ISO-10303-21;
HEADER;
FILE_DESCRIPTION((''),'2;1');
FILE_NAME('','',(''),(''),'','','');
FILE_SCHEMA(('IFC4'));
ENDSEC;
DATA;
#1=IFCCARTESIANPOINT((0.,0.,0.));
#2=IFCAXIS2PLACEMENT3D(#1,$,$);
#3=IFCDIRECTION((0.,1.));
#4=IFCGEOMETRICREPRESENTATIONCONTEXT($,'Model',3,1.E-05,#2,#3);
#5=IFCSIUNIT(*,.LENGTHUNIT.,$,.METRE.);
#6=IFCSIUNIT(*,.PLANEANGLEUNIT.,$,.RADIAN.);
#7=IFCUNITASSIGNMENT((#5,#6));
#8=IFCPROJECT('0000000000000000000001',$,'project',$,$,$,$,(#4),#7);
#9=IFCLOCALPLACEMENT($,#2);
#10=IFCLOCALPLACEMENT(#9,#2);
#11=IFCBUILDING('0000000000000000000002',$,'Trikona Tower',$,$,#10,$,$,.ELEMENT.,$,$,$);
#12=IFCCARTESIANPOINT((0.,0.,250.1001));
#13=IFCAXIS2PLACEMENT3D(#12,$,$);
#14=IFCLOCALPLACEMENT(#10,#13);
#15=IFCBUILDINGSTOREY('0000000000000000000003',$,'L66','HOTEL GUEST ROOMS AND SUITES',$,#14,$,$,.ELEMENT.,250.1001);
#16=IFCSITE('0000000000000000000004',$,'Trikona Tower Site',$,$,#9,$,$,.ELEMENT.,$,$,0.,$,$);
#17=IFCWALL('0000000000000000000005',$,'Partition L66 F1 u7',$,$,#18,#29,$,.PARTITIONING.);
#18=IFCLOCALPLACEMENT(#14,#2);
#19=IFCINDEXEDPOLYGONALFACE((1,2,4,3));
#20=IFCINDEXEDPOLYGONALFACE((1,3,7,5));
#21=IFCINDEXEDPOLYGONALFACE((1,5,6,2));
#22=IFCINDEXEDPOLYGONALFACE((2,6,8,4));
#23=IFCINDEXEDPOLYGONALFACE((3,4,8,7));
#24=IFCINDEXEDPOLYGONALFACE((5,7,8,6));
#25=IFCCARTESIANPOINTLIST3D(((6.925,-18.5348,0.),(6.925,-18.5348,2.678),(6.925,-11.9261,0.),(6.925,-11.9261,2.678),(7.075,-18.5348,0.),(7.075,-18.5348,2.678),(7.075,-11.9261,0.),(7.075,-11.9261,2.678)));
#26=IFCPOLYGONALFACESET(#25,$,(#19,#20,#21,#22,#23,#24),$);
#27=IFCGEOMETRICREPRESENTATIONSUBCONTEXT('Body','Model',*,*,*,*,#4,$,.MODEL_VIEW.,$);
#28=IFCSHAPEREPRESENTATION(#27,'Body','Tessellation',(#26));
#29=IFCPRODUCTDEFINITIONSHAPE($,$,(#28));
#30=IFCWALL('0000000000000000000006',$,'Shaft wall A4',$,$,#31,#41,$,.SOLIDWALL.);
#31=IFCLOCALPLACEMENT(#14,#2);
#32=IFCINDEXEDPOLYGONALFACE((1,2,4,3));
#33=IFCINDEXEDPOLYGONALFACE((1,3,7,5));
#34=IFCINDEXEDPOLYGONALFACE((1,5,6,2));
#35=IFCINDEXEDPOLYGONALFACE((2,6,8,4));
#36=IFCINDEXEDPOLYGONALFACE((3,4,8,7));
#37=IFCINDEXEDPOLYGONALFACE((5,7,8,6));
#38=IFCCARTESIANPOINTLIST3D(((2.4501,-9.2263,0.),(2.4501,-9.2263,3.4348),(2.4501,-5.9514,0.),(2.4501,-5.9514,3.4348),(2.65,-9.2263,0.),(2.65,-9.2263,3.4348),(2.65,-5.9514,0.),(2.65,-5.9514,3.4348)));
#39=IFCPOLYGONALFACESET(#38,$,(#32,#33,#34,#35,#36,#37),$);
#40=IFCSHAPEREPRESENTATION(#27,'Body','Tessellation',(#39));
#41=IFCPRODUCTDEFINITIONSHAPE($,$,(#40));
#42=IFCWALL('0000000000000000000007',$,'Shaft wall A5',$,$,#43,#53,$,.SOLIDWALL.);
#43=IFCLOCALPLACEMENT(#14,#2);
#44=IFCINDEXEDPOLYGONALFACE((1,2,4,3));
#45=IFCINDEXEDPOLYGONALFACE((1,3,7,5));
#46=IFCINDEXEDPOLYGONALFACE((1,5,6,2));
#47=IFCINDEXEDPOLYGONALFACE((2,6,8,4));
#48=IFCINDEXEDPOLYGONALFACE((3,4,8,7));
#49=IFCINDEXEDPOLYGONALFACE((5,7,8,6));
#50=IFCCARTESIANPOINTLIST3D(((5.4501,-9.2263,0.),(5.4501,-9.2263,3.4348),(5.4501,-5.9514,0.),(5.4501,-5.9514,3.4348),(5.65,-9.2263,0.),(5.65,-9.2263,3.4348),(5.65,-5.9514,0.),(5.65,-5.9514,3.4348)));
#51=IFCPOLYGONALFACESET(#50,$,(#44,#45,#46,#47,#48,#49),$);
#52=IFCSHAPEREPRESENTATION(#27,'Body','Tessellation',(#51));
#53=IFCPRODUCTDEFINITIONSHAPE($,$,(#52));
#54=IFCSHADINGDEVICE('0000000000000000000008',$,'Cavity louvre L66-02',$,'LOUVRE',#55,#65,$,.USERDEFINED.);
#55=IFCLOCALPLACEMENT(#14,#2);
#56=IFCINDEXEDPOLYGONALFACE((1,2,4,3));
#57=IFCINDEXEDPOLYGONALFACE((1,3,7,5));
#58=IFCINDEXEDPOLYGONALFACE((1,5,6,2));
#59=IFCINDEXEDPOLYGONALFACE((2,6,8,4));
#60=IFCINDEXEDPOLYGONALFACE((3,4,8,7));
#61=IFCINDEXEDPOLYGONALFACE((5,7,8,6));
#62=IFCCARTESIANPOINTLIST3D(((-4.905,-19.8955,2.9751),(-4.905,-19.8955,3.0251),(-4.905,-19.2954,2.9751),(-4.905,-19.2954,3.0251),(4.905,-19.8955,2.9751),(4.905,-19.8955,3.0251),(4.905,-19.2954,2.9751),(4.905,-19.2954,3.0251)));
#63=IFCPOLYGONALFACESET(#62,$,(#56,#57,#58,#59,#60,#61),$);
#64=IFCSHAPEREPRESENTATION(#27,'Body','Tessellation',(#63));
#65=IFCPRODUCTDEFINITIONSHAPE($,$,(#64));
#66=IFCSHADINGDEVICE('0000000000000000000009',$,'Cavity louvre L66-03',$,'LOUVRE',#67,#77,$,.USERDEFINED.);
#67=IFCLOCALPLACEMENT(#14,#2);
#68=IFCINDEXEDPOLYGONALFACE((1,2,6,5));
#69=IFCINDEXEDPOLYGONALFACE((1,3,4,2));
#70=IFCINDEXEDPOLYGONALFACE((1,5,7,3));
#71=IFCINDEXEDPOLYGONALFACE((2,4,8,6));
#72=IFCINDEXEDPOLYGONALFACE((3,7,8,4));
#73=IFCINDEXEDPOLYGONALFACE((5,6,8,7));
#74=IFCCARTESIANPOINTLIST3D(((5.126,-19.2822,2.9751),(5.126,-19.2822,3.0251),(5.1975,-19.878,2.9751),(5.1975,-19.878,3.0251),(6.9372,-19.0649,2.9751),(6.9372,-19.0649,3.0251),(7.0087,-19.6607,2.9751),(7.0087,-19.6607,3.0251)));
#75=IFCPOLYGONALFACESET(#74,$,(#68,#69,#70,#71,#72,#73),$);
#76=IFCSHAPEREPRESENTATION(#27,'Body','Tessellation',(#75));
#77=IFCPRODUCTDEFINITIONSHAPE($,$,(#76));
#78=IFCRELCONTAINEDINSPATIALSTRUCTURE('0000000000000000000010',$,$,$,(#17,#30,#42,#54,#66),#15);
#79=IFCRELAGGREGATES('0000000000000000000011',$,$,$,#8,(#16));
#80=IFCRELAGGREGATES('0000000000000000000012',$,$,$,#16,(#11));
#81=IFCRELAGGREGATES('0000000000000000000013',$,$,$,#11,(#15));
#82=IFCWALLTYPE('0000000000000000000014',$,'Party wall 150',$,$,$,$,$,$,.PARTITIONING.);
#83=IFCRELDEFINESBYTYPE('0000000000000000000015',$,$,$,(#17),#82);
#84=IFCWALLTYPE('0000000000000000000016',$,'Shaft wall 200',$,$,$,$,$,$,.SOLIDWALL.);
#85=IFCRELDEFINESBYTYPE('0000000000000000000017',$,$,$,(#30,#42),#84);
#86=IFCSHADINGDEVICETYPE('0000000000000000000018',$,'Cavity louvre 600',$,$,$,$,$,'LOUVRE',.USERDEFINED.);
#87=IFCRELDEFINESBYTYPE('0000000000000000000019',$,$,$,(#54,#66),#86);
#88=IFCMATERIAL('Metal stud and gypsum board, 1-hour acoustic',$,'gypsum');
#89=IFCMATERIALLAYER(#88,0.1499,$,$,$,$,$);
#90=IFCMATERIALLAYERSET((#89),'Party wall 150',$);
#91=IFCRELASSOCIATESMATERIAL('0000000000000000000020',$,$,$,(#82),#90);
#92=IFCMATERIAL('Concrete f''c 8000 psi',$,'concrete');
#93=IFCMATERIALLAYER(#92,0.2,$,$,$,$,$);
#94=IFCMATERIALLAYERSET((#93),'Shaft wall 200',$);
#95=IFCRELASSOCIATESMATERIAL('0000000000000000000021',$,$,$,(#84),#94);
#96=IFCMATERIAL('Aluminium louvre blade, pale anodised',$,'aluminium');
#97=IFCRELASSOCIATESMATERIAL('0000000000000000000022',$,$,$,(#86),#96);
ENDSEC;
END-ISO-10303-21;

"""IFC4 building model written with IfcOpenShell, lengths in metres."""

from ifc_helpers import new_model, si_unit, direction, frame, frame_2d, origin, origin_2d, place, context, subcontext, project, spatial, rectangle, extrude, material, layer, layer_set, type_object, element, save


model = new_model("IFC4")

# Units and contexts
model_context = context("Model", 3, precision=1e-05, world=origin(), true_north=direction((0.0, 1.0)))
body_context = subcontext(model_context, "Body", "Model", "MODEL_VIEW")
ifc_project = project(units=[si_unit("LENGTHUNIT", "METRE"), si_unit("PLANEANGLEUNIT", "RADIAN")], contexts=[model_context])

# Site, building, storey
site_placement = place(None, origin())
site = spatial("IfcSite", under=ifc_project, at=site_placement, Name="Trikona Tower Site", CompositionType="ELEMENT", RefElevation=0.0)
building_placement = place(site_placement, origin())
building = spatial("IfcBuilding", under=site, at=building_placement, Name="Trikona Tower", CompositionType="ELEMENT")
storey_placement = place(building_placement, frame((0.0, 0.0, 250.1001)))
storey = spatial("IfcBuildingStorey", under=building, at=storey_placement, Name="L66", Description="HOTEL GUEST ROOMS AND SUITES", CompositionType="ELEMENT", Elevation=250.1001)

# Walls
ifc_material_1 = material(Name="Metal stud and gypsum board, 1-hour acoustic", Category="gypsum")
ifc_layer_1 = layer(ifc_material_1, 0.1499)
ifc_layer_set_1 = layer_set([ifc_layer_1], Name="Party wall 150")
wall_type_1 = type_object("IfcWallType", Name="Party wall 150", PredefinedType="PARTITIONING", material=ifc_layer_set_1)
wall_1_placement = place(storey_placement, frame((7.0, -11.9263, 0.0), z_axis=(0.0, 0.0, 1.0), x_axis=(0.0, -1.0, 0.0)))
element("IfcWall", 1, at=wall_1_placement, inside=storey, type_object=wall_type_1, Name="Partition L66 F1 u7", PredefinedType="PARTITIONING", context=body_context, shape_type="SweptSolid", body=[
    extrude(rectangle(XDim=6.6086, YDim=0.1499, at=frame_2d((3.3042, 0.0))), origin(), (0.0, 0.0, 1.0), 2.678),
])
ifc_material_2 = material(Name="Concrete f'c 8000 psi", Category="concrete")
ifc_layer_2 = layer(ifc_material_2, 0.2)
ifc_layer_set_2 = layer_set([ifc_layer_2], Name="Shaft wall 200")
wall_type_2 = type_object("IfcWallType", Name="Shaft wall 200", PredefinedType="SOLIDWALL", material=ifc_layer_set_2)
for number, where, z_axis, x_axis, name in (
    (2, (2.55, -5.9514, 0.0), (0.0, 0.0, 1.0), (0.0, -1.0, 0.0), "Shaft wall A4"),
    (3, (5.55, -5.9514, 0.0), (0.0, 0.0, 1.0), (0.0, -1.0, 0.0), "Shaft wall A5"),
):
    element("IfcWall", number, at=place(storey_placement, frame(where, z_axis=z_axis, x_axis=x_axis)), inside=storey, type_object=wall_type_2, Name=name, PredefinedType="SOLIDWALL", context=body_context, shape_type="SweptSolid", body=[
        extrude(rectangle(XDim=3.2749, YDim=0.2, at=frame_2d((1.6375, 0.0))), origin(), (0.0, 0.0, 1.0), 3.4348),
    ])

# Shading devices
ifc_material_3 = material(Name="Aluminium louvre blade, pale anodised", Category="aluminium")
shading_device_type = type_object("IfcShadingDeviceType", Name="Cavity louvre 600", ElementType="LOUVRE", PredefinedType="USERDEFINED", material=ifc_material_3)
shading_device_1_placement = place(storey_placement, frame((0.0, -19.5955, 2.9751), z_axis=(0.0, 0.0, 1.0), x_axis=(1.0, 0.0, 0.0)))
element("IfcShadingDevice", 4, at=shading_device_1_placement, inside=storey, type_object=shading_device_type, Name="Cavity louvre L66-02", ObjectType="LOUVRE", PredefinedType="USERDEFINED", context=body_context, shape_type="SweptSolid", body=[
    extrude(rectangle(XDim=9.8101, YDim=0.6001, at=origin_2d()), origin(), (0.0, 0.0, 1.0), 0.05),
])
shading_device_2_placement = place(storey_placement, frame((6.0674, -19.4714, 2.9751), z_axis=(0.0, 0.0, 1.0), x_axis=(0.992877, 0.119146, 0.0)))
element("IfcShadingDevice", 5, at=shading_device_2_placement, inside=storey, type_object=shading_device_type, Name="Cavity louvre L66-03", ObjectType="LOUVRE", PredefinedType="USERDEFINED", context=body_context, shape_type="SweptSolid", body=[
    extrude(rectangle(XDim=1.8242, YDim=0.6001, at=origin_2d()), origin(), (0.0, 0.0, 1.0), 0.05),
])

save(model, "model.ifc")
